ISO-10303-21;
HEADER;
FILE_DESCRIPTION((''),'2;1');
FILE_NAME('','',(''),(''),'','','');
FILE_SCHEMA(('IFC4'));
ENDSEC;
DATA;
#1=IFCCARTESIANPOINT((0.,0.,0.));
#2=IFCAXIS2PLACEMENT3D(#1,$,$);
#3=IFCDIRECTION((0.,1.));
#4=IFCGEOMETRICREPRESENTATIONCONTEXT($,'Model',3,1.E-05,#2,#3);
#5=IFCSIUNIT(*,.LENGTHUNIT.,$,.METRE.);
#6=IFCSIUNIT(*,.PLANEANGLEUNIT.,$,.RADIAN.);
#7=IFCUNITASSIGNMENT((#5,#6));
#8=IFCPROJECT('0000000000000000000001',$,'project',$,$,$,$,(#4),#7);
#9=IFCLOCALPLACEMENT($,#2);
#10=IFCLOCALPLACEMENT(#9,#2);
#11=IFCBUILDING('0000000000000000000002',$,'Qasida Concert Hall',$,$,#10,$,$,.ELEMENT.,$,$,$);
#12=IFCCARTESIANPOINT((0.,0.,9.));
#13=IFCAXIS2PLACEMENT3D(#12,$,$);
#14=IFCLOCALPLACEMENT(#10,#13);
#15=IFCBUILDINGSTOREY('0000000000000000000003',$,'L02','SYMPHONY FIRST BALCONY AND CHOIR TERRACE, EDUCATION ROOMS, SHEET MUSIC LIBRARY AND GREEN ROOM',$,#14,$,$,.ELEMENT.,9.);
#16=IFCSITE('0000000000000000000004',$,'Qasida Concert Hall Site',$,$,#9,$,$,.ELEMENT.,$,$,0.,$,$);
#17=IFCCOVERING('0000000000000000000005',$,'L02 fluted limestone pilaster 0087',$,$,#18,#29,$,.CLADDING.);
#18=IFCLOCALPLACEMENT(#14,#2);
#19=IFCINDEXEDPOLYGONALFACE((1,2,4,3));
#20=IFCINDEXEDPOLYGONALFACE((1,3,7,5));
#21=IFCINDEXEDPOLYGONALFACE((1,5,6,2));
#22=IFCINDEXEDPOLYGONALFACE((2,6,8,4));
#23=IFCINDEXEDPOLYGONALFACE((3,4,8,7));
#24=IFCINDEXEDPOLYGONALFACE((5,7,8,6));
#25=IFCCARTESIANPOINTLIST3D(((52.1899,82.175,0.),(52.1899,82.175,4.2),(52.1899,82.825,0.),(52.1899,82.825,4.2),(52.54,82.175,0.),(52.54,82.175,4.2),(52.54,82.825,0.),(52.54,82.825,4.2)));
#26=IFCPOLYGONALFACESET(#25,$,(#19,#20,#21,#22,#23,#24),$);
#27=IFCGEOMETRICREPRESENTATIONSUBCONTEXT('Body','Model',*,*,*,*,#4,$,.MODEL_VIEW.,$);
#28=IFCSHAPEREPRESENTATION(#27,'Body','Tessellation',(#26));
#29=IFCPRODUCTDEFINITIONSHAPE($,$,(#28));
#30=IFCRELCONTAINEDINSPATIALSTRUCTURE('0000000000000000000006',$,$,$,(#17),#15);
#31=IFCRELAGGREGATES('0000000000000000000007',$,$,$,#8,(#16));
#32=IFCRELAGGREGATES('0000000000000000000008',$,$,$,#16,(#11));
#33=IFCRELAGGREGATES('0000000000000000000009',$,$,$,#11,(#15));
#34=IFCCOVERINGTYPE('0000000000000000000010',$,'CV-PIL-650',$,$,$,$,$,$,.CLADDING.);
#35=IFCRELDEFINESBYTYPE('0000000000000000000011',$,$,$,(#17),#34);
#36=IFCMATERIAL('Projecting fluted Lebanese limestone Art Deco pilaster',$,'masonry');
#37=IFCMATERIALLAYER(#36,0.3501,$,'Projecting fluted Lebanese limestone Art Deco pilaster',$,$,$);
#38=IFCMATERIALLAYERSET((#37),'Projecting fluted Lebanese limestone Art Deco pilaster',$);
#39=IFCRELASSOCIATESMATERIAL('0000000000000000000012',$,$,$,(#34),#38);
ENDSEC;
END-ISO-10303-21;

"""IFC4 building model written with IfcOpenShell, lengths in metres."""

from ifc_helpers import new_model, si_unit, direction, frame, origin, origin_2d, place, context, subcontext, project, spatial, rectangle, extrude, material, layer, layer_set, type_object, element, save


model = new_model("IFC4")

# Units and contexts
model_context = context("Model", 3, precision=1e-05, world=origin(), true_north=direction((0.0, 1.0)))
body_context = subcontext(model_context, "Body", "Model", "MODEL_VIEW")
ifc_project = project(units=[si_unit("LENGTHUNIT", "METRE"), si_unit("PLANEANGLEUNIT", "RADIAN")], contexts=[model_context])

# Site, building, storey
site_placement = place(None, origin())
site = spatial("IfcSite", under=ifc_project, at=site_placement, Name="Qasida Concert Hall Site", CompositionType="ELEMENT", RefElevation=0.0)
building_placement = place(site_placement, origin())
building = spatial("IfcBuilding", under=site, at=building_placement, Name="Qasida Concert Hall", CompositionType="ELEMENT")
storey_placement = place(building_placement, frame((0.0, 0.0, 9.0)))
storey = spatial("IfcBuildingStorey", under=building, at=storey_placement, Name="L02", Description="SYMPHONY FIRST BALCONY AND CHOIR TERRACE, EDUCATION ROOMS, SHEET MUSIC LIBRARY AND GREEN ROOM", CompositionType="ELEMENT", Elevation=9.0)

# Covering
ifc_material_1 = material(Name="Projecting fluted Lebanese limestone Art Deco pilaster", Category="masonry")
ifc_layer_1 = layer(ifc_material_1, 0.3501, Name="Projecting fluted Lebanese limestone Art Deco pilaster")
ifc_layer_set_1 = layer_set([ifc_layer_1], Name="Projecting fluted Lebanese limestone Art Deco pilaster")
covering_type = type_object("IfcCoveringType", Name="CV-PIL-650", PredefinedType="CLADDING", material=ifc_layer_set_1)
covering_placement = place(storey_placement, frame((52.365, 82.5, 0.0), z_axis=(0.0, 0.0, 1.0), x_axis=(1.0, 0.0, 0.0)))
element("IfcCovering", 1, at=covering_placement, inside=storey, type_object=covering_type, Name="L02 fluted limestone pilaster 0087", PredefinedType="CLADDING", context=body_context, shape_type="SweptSolid", body=[
    extrude(rectangle(XDim=0.3501, YDim=0.6499, at=origin_2d()), origin(), (0.0, 0.0, 1.0), 4.2),
])

save(model, "model.ifc")
